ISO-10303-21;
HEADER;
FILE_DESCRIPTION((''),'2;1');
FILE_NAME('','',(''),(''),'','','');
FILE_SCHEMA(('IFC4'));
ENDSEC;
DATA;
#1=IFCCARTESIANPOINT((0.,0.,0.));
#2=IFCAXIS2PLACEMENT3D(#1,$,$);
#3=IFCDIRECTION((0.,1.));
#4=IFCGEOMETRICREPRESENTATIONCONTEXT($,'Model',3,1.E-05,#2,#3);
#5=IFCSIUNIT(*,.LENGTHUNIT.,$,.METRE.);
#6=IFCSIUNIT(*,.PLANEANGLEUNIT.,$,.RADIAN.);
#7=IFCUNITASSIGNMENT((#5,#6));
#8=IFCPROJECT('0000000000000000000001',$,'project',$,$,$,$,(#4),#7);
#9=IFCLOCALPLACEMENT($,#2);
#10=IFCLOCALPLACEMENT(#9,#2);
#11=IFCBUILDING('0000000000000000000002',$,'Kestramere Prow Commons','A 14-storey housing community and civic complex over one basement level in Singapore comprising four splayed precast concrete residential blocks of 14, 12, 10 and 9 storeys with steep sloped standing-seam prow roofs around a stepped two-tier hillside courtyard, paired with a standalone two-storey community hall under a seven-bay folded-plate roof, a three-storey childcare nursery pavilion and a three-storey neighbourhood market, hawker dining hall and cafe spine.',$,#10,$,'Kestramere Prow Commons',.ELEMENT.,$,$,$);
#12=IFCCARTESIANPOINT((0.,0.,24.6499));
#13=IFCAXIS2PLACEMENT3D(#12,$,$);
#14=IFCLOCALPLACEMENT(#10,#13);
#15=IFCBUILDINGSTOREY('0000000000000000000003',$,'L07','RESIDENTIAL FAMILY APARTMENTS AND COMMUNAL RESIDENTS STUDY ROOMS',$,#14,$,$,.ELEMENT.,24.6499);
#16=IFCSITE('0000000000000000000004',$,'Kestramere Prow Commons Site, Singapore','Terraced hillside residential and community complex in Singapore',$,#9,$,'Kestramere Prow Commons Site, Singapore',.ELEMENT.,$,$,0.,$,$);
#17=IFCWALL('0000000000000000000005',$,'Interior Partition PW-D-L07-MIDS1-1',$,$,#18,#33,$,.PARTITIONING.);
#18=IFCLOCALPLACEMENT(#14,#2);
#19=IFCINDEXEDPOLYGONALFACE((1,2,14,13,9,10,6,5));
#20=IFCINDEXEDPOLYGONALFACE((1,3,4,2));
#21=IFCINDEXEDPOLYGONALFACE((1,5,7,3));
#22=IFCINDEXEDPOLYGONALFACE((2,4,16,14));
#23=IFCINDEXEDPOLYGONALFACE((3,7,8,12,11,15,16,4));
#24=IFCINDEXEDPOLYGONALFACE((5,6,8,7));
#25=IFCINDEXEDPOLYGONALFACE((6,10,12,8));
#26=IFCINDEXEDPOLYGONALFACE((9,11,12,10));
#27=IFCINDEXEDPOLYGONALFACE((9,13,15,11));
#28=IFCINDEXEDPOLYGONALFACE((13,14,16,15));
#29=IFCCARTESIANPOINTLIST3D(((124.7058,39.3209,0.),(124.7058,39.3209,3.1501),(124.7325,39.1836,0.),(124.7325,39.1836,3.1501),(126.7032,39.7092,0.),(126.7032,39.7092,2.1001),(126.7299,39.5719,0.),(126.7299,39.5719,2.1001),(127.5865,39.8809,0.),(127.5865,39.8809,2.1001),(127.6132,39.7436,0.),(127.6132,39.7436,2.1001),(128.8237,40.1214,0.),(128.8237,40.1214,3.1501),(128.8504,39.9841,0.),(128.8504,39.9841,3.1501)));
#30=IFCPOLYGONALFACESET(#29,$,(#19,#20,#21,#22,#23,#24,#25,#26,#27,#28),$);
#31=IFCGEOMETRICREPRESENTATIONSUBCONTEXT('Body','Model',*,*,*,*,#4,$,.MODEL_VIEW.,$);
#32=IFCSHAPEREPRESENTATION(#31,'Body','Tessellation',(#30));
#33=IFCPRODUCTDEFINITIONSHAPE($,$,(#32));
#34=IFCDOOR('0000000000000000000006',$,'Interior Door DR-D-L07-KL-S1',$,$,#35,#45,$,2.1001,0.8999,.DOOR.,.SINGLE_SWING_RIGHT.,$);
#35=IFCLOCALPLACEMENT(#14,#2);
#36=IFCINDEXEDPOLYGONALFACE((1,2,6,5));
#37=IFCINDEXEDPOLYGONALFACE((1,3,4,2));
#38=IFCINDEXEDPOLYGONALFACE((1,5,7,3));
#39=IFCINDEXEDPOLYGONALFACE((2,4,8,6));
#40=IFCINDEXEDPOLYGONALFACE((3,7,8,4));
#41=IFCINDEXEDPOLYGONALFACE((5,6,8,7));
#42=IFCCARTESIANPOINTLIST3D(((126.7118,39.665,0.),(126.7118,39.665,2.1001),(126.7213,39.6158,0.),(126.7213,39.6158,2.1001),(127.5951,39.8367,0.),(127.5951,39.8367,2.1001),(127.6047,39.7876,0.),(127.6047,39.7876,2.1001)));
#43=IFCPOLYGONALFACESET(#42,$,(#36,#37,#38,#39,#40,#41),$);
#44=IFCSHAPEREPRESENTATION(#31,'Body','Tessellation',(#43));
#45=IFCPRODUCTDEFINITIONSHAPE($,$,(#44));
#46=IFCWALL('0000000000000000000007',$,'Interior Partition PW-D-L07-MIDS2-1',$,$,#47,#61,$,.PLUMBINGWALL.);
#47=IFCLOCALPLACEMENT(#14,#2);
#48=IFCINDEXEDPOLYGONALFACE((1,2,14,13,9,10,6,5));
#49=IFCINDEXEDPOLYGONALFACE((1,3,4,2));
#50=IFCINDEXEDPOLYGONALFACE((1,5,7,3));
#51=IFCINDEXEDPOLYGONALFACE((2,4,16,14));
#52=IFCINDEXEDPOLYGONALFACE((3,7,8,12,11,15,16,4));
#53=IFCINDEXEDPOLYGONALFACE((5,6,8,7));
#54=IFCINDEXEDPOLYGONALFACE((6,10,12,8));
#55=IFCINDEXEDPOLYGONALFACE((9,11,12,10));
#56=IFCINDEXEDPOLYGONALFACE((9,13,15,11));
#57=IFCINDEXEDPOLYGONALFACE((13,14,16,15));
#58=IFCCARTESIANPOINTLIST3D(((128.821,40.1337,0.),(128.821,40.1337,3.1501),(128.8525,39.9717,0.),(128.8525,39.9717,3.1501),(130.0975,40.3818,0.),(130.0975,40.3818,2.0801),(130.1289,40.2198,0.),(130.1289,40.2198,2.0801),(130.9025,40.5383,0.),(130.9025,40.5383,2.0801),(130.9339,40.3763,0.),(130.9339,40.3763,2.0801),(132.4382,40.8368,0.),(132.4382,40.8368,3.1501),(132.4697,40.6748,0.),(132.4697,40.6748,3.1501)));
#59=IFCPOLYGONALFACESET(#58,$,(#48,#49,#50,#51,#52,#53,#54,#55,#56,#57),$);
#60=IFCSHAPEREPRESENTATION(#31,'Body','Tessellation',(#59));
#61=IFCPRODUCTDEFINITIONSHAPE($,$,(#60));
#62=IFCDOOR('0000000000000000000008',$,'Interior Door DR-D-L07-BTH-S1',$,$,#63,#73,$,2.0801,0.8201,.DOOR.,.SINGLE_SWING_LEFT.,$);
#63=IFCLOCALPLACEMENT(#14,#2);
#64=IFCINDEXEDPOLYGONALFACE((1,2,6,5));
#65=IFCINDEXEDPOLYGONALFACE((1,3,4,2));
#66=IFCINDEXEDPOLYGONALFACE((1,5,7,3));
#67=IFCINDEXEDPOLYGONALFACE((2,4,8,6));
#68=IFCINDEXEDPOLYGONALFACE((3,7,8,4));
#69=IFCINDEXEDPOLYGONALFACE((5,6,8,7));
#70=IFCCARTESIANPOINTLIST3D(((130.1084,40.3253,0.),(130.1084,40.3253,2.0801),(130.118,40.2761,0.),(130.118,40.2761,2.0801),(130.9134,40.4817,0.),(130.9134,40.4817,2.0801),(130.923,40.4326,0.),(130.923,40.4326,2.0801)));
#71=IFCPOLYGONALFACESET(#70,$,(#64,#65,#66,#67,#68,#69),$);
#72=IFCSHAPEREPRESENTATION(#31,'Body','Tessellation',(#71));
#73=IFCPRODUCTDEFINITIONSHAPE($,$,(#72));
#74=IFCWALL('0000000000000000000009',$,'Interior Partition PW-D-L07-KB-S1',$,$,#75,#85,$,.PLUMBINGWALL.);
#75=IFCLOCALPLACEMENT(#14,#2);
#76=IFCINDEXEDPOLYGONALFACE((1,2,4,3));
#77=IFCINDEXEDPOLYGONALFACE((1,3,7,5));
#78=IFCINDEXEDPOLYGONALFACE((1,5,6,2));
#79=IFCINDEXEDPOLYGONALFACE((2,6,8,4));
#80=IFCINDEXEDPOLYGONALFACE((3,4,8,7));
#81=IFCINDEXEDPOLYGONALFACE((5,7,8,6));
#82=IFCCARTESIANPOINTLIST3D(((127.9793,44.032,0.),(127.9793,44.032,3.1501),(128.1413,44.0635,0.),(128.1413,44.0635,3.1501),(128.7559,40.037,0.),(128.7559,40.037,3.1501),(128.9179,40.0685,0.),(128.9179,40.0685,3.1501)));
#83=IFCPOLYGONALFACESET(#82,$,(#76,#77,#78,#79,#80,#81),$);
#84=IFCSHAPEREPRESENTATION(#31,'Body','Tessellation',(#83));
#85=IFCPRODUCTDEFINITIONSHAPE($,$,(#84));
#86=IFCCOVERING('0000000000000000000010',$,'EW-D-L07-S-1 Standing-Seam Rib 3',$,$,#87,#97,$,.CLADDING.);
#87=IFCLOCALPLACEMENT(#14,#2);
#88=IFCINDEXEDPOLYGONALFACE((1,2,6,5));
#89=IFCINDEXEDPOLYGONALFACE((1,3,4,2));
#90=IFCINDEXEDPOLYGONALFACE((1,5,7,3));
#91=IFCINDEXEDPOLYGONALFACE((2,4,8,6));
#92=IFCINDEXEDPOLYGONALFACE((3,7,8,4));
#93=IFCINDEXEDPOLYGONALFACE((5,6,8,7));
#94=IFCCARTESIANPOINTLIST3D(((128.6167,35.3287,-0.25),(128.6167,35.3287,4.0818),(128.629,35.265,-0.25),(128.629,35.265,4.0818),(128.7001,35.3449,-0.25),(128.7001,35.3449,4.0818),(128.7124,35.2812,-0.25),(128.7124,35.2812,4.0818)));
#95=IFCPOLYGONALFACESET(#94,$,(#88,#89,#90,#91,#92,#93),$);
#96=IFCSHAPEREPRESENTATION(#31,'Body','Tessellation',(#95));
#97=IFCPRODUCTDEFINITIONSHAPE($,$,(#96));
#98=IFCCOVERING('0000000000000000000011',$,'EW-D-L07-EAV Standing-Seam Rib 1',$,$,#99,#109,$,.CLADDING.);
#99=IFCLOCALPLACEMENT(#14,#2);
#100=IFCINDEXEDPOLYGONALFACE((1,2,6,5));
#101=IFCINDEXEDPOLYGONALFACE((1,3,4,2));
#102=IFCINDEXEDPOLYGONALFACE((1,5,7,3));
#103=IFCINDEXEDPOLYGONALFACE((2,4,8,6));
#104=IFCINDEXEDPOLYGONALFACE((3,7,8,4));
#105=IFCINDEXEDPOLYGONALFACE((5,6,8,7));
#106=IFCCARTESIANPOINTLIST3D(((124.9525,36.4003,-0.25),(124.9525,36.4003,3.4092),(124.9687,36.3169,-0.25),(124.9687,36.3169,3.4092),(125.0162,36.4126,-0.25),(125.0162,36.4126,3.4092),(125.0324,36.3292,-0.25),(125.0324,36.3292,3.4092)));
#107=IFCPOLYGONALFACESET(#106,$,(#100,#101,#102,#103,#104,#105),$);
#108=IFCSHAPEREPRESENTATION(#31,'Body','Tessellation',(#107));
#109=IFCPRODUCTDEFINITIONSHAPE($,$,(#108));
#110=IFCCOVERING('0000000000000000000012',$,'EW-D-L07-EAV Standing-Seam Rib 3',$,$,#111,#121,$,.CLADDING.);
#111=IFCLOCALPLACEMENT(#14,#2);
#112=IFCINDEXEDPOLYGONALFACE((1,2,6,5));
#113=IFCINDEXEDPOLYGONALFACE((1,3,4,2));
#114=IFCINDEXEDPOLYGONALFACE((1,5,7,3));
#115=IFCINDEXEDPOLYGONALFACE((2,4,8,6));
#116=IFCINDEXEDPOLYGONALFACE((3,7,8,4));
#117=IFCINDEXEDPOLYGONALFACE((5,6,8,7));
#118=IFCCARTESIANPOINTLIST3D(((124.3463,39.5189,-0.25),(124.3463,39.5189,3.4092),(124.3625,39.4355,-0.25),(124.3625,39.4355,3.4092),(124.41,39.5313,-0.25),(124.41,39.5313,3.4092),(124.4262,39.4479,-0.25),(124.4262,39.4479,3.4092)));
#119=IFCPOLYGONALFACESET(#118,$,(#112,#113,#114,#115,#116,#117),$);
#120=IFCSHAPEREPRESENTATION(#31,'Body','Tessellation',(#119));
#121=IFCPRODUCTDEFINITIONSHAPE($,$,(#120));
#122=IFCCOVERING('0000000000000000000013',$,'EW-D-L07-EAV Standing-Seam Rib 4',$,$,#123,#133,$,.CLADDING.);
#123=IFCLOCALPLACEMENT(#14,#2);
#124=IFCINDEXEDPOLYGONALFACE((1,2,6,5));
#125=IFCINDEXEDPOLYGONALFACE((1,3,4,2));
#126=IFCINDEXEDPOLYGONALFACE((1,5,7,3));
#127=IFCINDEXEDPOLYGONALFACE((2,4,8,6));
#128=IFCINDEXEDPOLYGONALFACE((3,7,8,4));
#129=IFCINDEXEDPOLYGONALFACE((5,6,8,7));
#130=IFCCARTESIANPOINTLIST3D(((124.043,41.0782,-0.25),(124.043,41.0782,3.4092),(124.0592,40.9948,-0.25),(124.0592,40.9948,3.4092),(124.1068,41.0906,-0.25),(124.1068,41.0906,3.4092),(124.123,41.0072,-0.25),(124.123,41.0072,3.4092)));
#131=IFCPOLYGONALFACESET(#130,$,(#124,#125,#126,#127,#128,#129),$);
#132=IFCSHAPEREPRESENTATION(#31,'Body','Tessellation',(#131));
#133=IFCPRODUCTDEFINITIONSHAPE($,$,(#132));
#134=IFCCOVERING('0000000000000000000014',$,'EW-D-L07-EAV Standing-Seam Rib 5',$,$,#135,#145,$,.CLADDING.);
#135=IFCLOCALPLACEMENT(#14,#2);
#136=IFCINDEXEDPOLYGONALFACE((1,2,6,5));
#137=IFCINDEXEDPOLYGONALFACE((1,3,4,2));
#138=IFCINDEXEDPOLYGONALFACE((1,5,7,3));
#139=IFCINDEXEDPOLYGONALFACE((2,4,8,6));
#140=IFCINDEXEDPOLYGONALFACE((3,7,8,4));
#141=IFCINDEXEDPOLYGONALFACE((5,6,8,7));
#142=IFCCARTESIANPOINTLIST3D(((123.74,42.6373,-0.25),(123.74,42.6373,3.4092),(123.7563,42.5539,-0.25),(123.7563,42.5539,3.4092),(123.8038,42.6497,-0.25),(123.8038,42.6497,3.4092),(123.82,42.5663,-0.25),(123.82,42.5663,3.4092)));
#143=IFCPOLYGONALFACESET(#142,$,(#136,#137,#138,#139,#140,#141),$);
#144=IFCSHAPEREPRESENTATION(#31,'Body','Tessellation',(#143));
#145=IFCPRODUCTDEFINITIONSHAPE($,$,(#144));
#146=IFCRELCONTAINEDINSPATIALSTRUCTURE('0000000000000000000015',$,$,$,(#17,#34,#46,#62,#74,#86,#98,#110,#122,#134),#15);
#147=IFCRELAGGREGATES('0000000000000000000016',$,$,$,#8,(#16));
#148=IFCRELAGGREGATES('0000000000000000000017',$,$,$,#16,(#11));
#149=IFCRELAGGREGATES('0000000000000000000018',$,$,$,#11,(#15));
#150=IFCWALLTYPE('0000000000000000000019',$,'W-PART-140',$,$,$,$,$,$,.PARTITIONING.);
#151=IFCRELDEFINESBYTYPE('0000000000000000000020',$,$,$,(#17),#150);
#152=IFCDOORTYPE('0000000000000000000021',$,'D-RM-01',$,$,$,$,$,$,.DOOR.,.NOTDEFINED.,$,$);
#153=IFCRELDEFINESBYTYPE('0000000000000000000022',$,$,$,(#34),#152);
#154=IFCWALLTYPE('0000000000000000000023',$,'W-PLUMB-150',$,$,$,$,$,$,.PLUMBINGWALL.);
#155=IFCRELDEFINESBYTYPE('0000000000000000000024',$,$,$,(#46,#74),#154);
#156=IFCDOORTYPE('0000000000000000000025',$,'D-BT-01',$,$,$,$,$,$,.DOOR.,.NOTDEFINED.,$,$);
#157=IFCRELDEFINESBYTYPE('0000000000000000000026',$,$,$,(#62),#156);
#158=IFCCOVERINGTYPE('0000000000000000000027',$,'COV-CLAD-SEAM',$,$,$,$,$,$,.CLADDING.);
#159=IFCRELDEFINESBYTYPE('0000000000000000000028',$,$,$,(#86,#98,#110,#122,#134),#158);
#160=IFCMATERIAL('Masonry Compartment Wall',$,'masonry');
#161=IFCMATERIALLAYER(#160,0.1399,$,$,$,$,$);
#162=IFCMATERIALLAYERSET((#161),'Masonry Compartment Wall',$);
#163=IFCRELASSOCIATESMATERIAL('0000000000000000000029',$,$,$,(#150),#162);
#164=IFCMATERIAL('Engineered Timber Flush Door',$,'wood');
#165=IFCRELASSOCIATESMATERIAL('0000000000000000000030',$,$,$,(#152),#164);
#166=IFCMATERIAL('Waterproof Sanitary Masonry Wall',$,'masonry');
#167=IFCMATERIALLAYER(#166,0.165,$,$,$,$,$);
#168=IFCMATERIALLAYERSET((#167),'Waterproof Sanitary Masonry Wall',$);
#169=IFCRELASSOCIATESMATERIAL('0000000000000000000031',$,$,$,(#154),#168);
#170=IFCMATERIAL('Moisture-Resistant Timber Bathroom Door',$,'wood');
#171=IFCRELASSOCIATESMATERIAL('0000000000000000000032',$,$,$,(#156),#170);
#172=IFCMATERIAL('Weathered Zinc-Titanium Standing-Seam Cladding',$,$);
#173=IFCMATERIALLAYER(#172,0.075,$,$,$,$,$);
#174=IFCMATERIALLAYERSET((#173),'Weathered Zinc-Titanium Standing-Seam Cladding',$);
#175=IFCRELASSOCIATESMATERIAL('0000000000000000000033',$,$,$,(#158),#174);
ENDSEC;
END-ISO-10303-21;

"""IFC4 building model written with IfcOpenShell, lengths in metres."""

from ifc_helpers import new_model, si_unit, direction, frame, frame_2d, origin, origin_2d, place, context, subcontext, project, spatial, rectangle, extrude, material, layer, layer_set, type_object, element, fill, save


model = new_model("IFC4")

# Units and contexts
model_context = context("Model", 3, precision=1e-05, world=origin(), true_north=direction((0.0, 1.0)))
body_context = subcontext(model_context, "Body", "Model", "MODEL_VIEW")
ifc_project = project(units=[si_unit("LENGTHUNIT", "METRE"), si_unit("PLANEANGLEUNIT", "RADIAN")], contexts=[model_context])

# Site, building, storey
site_placement = place(None, origin())
site = spatial("IfcSite", under=ifc_project, at=site_placement, Name="Kestramere Prow Commons Site, Singapore", Description="Terraced hillside residential and community complex in Singapore", LongName="Kestramere Prow Commons Site, Singapore", CompositionType="ELEMENT", RefElevation=0.0)
building_placement = place(site_placement, origin())
building = spatial("IfcBuilding", under=site, at=building_placement, Name="Kestramere Prow Commons", Description="A 14-storey housing community and civic complex over one basement level in Singapore comprising four splayed precast concrete residential blocks of 14, 12, 10 and 9 storeys with steep sloped standing-seam prow roofs around a stepped two-tier hillside courtyard, paired with a standalone two-storey community hall under a seven-bay folded-plate roof, a three-storey childcare nursery pavilion and a three-storey neighbourhood market, hawker dining hall and cafe spine.", LongName="Kestramere Prow Commons", CompositionType="ELEMENT")
storey_placement = place(building_placement, frame((0.0, 0.0, 24.6499)))
storey = spatial("IfcBuildingStorey", under=building, at=storey_placement, Name="L07", Description="RESIDENTIAL FAMILY APARTMENTS AND COMMUNAL RESIDENTS STUDY ROOMS", CompositionType="ELEMENT", Elevation=24.6499)

# Walls, openings, doors
ifc_material_1 = material(Name="Masonry Compartment Wall", Category="masonry")
ifc_layer_1 = layer(ifc_material_1, 0.1399)
ifc_layer_set_1 = layer_set([ifc_layer_1], Name="Masonry Compartment Wall")
wall_type_1 = type_object("IfcWallType", Name="W-PART-140", PredefinedType="PARTITIONING", material=ifc_layer_set_1)
wall_1_placement = place(storey_placement, frame((124.719, 39.2522, 0.0), z_axis=(0.0, 0.0, 1.0), x_axis=(0.981623, 0.190831, 0.0)))
wall_1 = element("IfcWall", 1, at=wall_1_placement, inside=storey, type_object=wall_type_1, Name="Interior Partition PW-D-L07-MIDS1-1", PredefinedType="PARTITIONING", context=body_context, shape_type="SweptSolid", body=[
    extrude(rectangle(XDim=4.1951, YDim=0.1399, at=frame_2d((2.0977, 0.0))), origin(), (0.0, 0.0, 1.0), 3.1501),
])
opening_1_placement = place(wall_1_placement, frame((2.0349, 0.0, 0.0)))
opening_1 = element("IfcOpeningElement", 2, at=opening_1_placement, cuts=wall_1, PredefinedType="OPENING", context=body_context, shape_type="SweptSolid", body=[
    extrude(rectangle(XDim=0.8999, YDim=2.1001, at=frame_2d((0.45, 1.05))), frame((0.0, 0.085, 0.0), z_axis=(0.0, -1.0, 0.0), x_axis=(1.0, 0.0, 0.0)), (0.0, 0.0, 1.0), 0.1699),
])
ifc_material_2 = material(Name="Engineered Timber Flush Door", Category="wood")
door_type_1 = type_object("IfcDoorType", Name="D-RM-01", OperationType="NOTDEFINED", PredefinedType="DOOR", material=ifc_material_2)
door_1_placement = place(opening_1_placement, origin())
door_1 = element("IfcDoor", 3, at=door_1_placement, inside=storey, type_object=door_type_1, Name="Interior Door DR-D-L07-KL-S1", OperationType="SINGLE_SWING_RIGHT", OverallHeight=2.1001, OverallWidth=0.8999, PredefinedType="DOOR", context=body_context, shape_type="SweptSolid", body=[
    extrude(rectangle(XDim=0.8999, YDim=2.1001, at=frame_2d((0.45, 1.05))), frame((0.0, 0.0249, 0.0), z_axis=(0.0, -1.0, 0.0), x_axis=(1.0, 0.0, 0.0)), (0.0, 0.0, 1.0), 0.05),
])
fill(opening_1, door_1)
ifc_material_3 = material(Name="Waterproof Sanitary Masonry Wall", Category="masonry")
ifc_layer_2 = layer(ifc_material_3, 0.165)
ifc_layer_set_2 = layer_set([ifc_layer_2], Name="Waterproof Sanitary Masonry Wall")
wall_type_2 = type_object("IfcWallType", Name="W-PLUMB-150", PredefinedType="PLUMBINGWALL", material=ifc_layer_set_2)
wall_2_placement = place(storey_placement, frame((128.8369, 40.0527, 0.0), z_axis=(0.0, 0.0, 1.0), x_axis=(0.981626, 0.190813, 0.0)))
wall_2 = element("IfcWall", 4, at=wall_2_placement, inside=storey, type_object=wall_type_2, Name="Interior Partition PW-D-L07-MIDS2-1", PredefinedType="PLUMBINGWALL", context=body_context, shape_type="SweptSolid", body=[
    extrude(rectangle(XDim=3.6848, YDim=0.165, at=frame_2d((1.8423, 0.0))), origin(), (0.0, 0.0, 1.0), 3.1501),
])
opening_2_placement = place(wall_2_placement, frame((1.3, 0.0, 0.0)))
opening_2 = element("IfcOpeningElement", 5, at=opening_2_placement, cuts=wall_2, PredefinedType="OPENING", context=body_context, shape_type="SweptSolid", body=[
    extrude(rectangle(XDim=0.8201, YDim=2.0801, at=frame_2d((0.4102, 1.04))), frame((0.0, 0.0974, 0.0), z_axis=(0.0, -1.0, 0.0), x_axis=(1.0, 0.0, 0.0)), (0.0, 0.0, 1.0), 0.1951),
])
ifc_material_4 = material(Name="Moisture-Resistant Timber Bathroom Door", Category="wood")
door_type_2 = type_object("IfcDoorType", Name="D-BT-01", OperationType="NOTDEFINED", PredefinedType="DOOR", material=ifc_material_4)
door_2_placement = place(opening_2_placement, origin())
door_2 = element("IfcDoor", 6, at=door_2_placement, inside=storey, type_object=door_type_2, Name="Interior Door DR-D-L07-BTH-S1", OperationType="SINGLE_SWING_LEFT", OverallHeight=2.0801, OverallWidth=0.8201, PredefinedType="DOOR", context=body_context, shape_type="SweptSolid", body=[
    extrude(rectangle(XDim=0.8201, YDim=2.0801, at=frame_2d((0.4102, 1.04))), frame((0.0, 0.0249, 0.0), z_axis=(0.0, -1.0, 0.0), x_axis=(1.0, 0.0, 0.0)), (0.0, 0.0, 1.0), 0.05),
])
fill(opening_2, door_2)

# Wall
wall_3_placement = place(storey_placement, frame((128.8369, 40.0527, 0.0), z_axis=(0.0, 0.0, 1.0), x_axis=(-0.190818, 0.981625, 0.0)))
element("IfcWall", 7, at=wall_3_placement, inside=storey, type_object=wall_type_2, Name="Interior Partition PW-D-L07-KB-S1", PredefinedType="PLUMBINGWALL", context=body_context, shape_type="SweptSolid", body=[
    extrude(rectangle(XDim=4.0698, YDim=0.165, at=frame_2d((2.0349, 0.0))), origin(), (0.0, 0.0, 1.0), 3.1501),
])

# Coverings
ifc_material_5 = material(Name="Weathered Zinc-Titanium Standing-Seam Cladding")
ifc_layer_3 = layer(ifc_material_5, 0.075)
ifc_layer_set_3 = layer_set([ifc_layer_3], Name="Weathered Zinc-Titanium Standing-Seam Cladding")
covering_type = type_object("IfcCoveringType", Name="COV-CLAD-SEAM", PredefinedType="CLADDING", material=ifc_layer_set_3)
covering_placement = place(storey_placement, frame((128.6646, 35.3049, -0.25), z_axis=(0.0, 0.0, 1.0), x_axis=(-0.981627, -0.190809, 0.0)))
element("IfcCovering", 8, at=covering_placement, inside=storey, type_object=covering_type, Name="EW-D-L07-S-1 Standing-Seam Rib 3", PredefinedType="CLADDING", context=body_context, shape_type="SweptSolid", body=[
    extrude(rectangle(XDim=0.085, YDim=0.0649, at=origin_2d()), origin(), (0.0, 0.0, 1.0), 4.3318),
])
for number, where, z_axis, x_axis, name in (
    (9, (124.9924, 36.3647, -0.25), (0.0, 0.0, 1.0), (-0.190809, 0.981627, 0.0), "EW-D-L07-EAV Standing-Seam Rib 1"),
    (10, (124.3862, 39.4834, -0.25), (0.0, 0.0, 1.0), (-0.190809, 0.981627, 0.0), "EW-D-L07-EAV Standing-Seam Rib 3"),
    (11, (124.083, 41.0427, -0.25), (0.0, 0.0, 1.0), (-0.190809, 0.981627, 0.0), "EW-D-L07-EAV Standing-Seam Rib 4"),
    (12, (123.78, 42.6018, -0.25), (0.0, 0.0, 1.0), (-0.190809, 0.981627, 0.0), "EW-D-L07-EAV Standing-Seam Rib 5"),
):
    element("IfcCovering", number, at=place(storey_placement, frame(where, z_axis=z_axis, x_axis=x_axis)), inside=storey, type_object=covering_type, Name=name, PredefinedType="CLADDING", context=body_context, shape_type="SweptSolid", body=[
        extrude(rectangle(XDim=0.085, YDim=0.0649, at=origin_2d()), origin(), (0.0, 0.0, 1.0), 3.6592),
    ])

save(model, "model.ifc")
